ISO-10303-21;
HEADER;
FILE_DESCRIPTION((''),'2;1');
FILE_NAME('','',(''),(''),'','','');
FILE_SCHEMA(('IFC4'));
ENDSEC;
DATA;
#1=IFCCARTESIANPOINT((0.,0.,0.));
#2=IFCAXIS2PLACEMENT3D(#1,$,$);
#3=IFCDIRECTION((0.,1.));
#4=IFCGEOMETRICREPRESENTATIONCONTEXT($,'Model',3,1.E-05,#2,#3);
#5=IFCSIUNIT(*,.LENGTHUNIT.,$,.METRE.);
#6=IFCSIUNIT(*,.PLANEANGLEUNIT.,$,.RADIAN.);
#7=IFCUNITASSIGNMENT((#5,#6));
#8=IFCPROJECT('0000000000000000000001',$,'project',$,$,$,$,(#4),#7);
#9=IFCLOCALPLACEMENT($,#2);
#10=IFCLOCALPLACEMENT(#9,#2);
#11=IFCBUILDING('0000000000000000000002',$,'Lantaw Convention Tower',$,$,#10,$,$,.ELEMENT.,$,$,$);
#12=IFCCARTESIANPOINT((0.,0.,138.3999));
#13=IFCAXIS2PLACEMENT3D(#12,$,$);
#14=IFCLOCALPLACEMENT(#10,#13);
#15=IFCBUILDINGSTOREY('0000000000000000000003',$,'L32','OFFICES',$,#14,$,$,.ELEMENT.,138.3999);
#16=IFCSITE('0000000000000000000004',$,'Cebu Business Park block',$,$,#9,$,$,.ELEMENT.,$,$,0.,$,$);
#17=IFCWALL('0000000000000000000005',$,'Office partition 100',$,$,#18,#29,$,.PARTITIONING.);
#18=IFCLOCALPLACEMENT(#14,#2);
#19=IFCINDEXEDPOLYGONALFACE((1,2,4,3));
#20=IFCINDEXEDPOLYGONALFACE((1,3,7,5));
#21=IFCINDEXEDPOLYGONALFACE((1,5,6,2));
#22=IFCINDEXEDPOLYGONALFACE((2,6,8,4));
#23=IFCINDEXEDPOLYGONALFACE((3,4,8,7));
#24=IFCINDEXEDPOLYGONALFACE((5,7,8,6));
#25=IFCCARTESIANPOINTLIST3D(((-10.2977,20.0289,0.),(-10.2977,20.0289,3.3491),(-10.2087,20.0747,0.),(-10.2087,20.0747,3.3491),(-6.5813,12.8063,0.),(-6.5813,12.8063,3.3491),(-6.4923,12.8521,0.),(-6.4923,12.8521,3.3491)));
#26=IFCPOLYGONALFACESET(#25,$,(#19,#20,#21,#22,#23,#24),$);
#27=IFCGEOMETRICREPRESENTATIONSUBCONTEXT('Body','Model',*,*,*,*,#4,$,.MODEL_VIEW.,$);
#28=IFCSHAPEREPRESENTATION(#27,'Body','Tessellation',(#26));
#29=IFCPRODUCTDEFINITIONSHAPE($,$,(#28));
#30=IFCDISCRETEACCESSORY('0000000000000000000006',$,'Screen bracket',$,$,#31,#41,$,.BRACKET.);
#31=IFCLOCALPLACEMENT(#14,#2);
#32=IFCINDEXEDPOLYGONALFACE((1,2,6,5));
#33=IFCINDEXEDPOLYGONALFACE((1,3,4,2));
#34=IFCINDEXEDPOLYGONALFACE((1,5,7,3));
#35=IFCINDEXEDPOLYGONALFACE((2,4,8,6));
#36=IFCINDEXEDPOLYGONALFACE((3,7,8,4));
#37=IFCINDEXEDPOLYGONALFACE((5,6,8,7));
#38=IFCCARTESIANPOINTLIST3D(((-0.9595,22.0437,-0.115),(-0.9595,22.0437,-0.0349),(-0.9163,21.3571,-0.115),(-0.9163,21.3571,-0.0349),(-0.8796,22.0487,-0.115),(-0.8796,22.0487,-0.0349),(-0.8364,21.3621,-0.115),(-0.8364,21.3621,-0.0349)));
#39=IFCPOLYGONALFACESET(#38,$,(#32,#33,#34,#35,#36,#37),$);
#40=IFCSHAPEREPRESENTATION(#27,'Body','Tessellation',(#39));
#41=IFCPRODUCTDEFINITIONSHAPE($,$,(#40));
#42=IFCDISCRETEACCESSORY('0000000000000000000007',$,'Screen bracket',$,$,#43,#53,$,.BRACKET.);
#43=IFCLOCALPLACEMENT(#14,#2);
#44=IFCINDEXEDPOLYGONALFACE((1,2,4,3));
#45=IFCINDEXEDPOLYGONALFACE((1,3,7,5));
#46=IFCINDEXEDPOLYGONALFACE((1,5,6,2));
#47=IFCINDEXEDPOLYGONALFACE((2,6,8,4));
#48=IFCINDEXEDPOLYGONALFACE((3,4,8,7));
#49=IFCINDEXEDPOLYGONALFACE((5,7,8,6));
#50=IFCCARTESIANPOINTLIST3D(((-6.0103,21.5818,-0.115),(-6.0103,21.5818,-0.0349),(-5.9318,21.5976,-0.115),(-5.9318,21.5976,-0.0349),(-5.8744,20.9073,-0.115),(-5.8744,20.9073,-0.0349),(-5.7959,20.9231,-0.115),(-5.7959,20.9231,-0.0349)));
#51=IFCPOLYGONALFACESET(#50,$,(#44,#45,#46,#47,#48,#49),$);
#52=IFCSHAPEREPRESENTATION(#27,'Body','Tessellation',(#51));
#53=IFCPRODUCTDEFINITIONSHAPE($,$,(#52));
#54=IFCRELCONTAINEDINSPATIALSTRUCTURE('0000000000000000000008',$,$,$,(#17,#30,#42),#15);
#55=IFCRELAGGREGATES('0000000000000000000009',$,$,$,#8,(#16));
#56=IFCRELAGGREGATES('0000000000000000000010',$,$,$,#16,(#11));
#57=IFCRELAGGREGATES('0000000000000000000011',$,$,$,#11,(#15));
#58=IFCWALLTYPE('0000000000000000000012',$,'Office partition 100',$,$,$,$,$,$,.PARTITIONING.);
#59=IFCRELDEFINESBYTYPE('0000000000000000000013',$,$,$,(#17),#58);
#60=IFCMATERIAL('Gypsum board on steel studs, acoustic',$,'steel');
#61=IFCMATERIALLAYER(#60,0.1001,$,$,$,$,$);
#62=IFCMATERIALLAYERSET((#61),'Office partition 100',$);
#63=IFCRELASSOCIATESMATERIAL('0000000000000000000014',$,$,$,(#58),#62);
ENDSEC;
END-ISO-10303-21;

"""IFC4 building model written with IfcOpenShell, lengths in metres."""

from ifc_helpers import new_model, si_unit, direction, frame, frame_2d, origin, origin_2d, place, context, subcontext, project, spatial, rectangle, extrude, material, layer, layer_set, type_object, element, save


model = new_model("IFC4")

# Units and contexts
model_context = context("Model", 3, precision=1e-05, world=origin(), true_north=direction((0.0, 1.0)))
body_context = subcontext(model_context, "Body", "Model", "MODEL_VIEW")
ifc_project = project(units=[si_unit("LENGTHUNIT", "METRE"), si_unit("PLANEANGLEUNIT", "RADIAN")], contexts=[model_context])

# Site, building, storey
site_placement = place(None, origin())
site = spatial("IfcSite", under=ifc_project, at=site_placement, Name="Cebu Business Park block", CompositionType="ELEMENT", RefElevation=0.0)
building_placement = place(site_placement, origin())
building = spatial("IfcBuilding", under=site, at=building_placement, Name="Lantaw Convention Tower", CompositionType="ELEMENT")
storey_placement = place(building_placement, frame((0.0, 0.0, 138.3999)))
storey = spatial("IfcBuildingStorey", under=building, at=storey_placement, Name="L32", Description="OFFICES", CompositionType="ELEMENT", Elevation=138.3999)

# Wall
ifc_material_1 = material(Name="Gypsum board on steel studs, acoustic", Category="steel")
ifc_layer_1 = layer(ifc_material_1, 0.1001)
ifc_layer_set_1 = layer_set([ifc_layer_1], Name="Office partition 100")
wall_type = type_object("IfcWallType", Name="Office partition 100", PredefinedType="PARTITIONING", material=ifc_layer_set_1)
wall_1_placement = place(storey_placement, frame((-10.2532, 20.0518, 0.0), z_axis=(0.0, 0.0, 1.0), x_axis=(0.457535, -0.889191, 0.0)))
element("IfcWall", 1, at=wall_1_placement, inside=storey, type_object=wall_type, Name="Office partition 100", PredefinedType="PARTITIONING", context=body_context, shape_type="SweptSolid", body=[
    extrude(rectangle(XDim=8.1226, YDim=0.1001, at=frame_2d((4.0613, 0.0))), origin(), (0.0, 0.0, 1.0), 3.3491),
])

# Discrete accessories
for number, where, z_axis, x_axis, name in (
    (2, (-0.8979, 21.7029, -0.115), (0.0, 0.0, 1.0), (-0.998022, -0.062865, 0.0), "Screen bracket"),
    (3, (-5.9031, 21.2524, -0.115), (0.0, 0.0, 1.0), (-0.980302, -0.197507, 0.0), "Screen bracket"),
):
    element("IfcDiscreteAccessory", number, at=place(storey_placement, frame(where, z_axis=z_axis, x_axis=x_axis)), inside=storey, Name=name, PredefinedType="BRACKET", context=body_context, shape_type="SweptSolid", body=[
        extrude(rectangle(XDim=0.0801, YDim=0.688, at=origin_2d()), origin(), (0.0, 0.0, 1.0), 0.0801),
    ])

save(model, "model.ifc")
